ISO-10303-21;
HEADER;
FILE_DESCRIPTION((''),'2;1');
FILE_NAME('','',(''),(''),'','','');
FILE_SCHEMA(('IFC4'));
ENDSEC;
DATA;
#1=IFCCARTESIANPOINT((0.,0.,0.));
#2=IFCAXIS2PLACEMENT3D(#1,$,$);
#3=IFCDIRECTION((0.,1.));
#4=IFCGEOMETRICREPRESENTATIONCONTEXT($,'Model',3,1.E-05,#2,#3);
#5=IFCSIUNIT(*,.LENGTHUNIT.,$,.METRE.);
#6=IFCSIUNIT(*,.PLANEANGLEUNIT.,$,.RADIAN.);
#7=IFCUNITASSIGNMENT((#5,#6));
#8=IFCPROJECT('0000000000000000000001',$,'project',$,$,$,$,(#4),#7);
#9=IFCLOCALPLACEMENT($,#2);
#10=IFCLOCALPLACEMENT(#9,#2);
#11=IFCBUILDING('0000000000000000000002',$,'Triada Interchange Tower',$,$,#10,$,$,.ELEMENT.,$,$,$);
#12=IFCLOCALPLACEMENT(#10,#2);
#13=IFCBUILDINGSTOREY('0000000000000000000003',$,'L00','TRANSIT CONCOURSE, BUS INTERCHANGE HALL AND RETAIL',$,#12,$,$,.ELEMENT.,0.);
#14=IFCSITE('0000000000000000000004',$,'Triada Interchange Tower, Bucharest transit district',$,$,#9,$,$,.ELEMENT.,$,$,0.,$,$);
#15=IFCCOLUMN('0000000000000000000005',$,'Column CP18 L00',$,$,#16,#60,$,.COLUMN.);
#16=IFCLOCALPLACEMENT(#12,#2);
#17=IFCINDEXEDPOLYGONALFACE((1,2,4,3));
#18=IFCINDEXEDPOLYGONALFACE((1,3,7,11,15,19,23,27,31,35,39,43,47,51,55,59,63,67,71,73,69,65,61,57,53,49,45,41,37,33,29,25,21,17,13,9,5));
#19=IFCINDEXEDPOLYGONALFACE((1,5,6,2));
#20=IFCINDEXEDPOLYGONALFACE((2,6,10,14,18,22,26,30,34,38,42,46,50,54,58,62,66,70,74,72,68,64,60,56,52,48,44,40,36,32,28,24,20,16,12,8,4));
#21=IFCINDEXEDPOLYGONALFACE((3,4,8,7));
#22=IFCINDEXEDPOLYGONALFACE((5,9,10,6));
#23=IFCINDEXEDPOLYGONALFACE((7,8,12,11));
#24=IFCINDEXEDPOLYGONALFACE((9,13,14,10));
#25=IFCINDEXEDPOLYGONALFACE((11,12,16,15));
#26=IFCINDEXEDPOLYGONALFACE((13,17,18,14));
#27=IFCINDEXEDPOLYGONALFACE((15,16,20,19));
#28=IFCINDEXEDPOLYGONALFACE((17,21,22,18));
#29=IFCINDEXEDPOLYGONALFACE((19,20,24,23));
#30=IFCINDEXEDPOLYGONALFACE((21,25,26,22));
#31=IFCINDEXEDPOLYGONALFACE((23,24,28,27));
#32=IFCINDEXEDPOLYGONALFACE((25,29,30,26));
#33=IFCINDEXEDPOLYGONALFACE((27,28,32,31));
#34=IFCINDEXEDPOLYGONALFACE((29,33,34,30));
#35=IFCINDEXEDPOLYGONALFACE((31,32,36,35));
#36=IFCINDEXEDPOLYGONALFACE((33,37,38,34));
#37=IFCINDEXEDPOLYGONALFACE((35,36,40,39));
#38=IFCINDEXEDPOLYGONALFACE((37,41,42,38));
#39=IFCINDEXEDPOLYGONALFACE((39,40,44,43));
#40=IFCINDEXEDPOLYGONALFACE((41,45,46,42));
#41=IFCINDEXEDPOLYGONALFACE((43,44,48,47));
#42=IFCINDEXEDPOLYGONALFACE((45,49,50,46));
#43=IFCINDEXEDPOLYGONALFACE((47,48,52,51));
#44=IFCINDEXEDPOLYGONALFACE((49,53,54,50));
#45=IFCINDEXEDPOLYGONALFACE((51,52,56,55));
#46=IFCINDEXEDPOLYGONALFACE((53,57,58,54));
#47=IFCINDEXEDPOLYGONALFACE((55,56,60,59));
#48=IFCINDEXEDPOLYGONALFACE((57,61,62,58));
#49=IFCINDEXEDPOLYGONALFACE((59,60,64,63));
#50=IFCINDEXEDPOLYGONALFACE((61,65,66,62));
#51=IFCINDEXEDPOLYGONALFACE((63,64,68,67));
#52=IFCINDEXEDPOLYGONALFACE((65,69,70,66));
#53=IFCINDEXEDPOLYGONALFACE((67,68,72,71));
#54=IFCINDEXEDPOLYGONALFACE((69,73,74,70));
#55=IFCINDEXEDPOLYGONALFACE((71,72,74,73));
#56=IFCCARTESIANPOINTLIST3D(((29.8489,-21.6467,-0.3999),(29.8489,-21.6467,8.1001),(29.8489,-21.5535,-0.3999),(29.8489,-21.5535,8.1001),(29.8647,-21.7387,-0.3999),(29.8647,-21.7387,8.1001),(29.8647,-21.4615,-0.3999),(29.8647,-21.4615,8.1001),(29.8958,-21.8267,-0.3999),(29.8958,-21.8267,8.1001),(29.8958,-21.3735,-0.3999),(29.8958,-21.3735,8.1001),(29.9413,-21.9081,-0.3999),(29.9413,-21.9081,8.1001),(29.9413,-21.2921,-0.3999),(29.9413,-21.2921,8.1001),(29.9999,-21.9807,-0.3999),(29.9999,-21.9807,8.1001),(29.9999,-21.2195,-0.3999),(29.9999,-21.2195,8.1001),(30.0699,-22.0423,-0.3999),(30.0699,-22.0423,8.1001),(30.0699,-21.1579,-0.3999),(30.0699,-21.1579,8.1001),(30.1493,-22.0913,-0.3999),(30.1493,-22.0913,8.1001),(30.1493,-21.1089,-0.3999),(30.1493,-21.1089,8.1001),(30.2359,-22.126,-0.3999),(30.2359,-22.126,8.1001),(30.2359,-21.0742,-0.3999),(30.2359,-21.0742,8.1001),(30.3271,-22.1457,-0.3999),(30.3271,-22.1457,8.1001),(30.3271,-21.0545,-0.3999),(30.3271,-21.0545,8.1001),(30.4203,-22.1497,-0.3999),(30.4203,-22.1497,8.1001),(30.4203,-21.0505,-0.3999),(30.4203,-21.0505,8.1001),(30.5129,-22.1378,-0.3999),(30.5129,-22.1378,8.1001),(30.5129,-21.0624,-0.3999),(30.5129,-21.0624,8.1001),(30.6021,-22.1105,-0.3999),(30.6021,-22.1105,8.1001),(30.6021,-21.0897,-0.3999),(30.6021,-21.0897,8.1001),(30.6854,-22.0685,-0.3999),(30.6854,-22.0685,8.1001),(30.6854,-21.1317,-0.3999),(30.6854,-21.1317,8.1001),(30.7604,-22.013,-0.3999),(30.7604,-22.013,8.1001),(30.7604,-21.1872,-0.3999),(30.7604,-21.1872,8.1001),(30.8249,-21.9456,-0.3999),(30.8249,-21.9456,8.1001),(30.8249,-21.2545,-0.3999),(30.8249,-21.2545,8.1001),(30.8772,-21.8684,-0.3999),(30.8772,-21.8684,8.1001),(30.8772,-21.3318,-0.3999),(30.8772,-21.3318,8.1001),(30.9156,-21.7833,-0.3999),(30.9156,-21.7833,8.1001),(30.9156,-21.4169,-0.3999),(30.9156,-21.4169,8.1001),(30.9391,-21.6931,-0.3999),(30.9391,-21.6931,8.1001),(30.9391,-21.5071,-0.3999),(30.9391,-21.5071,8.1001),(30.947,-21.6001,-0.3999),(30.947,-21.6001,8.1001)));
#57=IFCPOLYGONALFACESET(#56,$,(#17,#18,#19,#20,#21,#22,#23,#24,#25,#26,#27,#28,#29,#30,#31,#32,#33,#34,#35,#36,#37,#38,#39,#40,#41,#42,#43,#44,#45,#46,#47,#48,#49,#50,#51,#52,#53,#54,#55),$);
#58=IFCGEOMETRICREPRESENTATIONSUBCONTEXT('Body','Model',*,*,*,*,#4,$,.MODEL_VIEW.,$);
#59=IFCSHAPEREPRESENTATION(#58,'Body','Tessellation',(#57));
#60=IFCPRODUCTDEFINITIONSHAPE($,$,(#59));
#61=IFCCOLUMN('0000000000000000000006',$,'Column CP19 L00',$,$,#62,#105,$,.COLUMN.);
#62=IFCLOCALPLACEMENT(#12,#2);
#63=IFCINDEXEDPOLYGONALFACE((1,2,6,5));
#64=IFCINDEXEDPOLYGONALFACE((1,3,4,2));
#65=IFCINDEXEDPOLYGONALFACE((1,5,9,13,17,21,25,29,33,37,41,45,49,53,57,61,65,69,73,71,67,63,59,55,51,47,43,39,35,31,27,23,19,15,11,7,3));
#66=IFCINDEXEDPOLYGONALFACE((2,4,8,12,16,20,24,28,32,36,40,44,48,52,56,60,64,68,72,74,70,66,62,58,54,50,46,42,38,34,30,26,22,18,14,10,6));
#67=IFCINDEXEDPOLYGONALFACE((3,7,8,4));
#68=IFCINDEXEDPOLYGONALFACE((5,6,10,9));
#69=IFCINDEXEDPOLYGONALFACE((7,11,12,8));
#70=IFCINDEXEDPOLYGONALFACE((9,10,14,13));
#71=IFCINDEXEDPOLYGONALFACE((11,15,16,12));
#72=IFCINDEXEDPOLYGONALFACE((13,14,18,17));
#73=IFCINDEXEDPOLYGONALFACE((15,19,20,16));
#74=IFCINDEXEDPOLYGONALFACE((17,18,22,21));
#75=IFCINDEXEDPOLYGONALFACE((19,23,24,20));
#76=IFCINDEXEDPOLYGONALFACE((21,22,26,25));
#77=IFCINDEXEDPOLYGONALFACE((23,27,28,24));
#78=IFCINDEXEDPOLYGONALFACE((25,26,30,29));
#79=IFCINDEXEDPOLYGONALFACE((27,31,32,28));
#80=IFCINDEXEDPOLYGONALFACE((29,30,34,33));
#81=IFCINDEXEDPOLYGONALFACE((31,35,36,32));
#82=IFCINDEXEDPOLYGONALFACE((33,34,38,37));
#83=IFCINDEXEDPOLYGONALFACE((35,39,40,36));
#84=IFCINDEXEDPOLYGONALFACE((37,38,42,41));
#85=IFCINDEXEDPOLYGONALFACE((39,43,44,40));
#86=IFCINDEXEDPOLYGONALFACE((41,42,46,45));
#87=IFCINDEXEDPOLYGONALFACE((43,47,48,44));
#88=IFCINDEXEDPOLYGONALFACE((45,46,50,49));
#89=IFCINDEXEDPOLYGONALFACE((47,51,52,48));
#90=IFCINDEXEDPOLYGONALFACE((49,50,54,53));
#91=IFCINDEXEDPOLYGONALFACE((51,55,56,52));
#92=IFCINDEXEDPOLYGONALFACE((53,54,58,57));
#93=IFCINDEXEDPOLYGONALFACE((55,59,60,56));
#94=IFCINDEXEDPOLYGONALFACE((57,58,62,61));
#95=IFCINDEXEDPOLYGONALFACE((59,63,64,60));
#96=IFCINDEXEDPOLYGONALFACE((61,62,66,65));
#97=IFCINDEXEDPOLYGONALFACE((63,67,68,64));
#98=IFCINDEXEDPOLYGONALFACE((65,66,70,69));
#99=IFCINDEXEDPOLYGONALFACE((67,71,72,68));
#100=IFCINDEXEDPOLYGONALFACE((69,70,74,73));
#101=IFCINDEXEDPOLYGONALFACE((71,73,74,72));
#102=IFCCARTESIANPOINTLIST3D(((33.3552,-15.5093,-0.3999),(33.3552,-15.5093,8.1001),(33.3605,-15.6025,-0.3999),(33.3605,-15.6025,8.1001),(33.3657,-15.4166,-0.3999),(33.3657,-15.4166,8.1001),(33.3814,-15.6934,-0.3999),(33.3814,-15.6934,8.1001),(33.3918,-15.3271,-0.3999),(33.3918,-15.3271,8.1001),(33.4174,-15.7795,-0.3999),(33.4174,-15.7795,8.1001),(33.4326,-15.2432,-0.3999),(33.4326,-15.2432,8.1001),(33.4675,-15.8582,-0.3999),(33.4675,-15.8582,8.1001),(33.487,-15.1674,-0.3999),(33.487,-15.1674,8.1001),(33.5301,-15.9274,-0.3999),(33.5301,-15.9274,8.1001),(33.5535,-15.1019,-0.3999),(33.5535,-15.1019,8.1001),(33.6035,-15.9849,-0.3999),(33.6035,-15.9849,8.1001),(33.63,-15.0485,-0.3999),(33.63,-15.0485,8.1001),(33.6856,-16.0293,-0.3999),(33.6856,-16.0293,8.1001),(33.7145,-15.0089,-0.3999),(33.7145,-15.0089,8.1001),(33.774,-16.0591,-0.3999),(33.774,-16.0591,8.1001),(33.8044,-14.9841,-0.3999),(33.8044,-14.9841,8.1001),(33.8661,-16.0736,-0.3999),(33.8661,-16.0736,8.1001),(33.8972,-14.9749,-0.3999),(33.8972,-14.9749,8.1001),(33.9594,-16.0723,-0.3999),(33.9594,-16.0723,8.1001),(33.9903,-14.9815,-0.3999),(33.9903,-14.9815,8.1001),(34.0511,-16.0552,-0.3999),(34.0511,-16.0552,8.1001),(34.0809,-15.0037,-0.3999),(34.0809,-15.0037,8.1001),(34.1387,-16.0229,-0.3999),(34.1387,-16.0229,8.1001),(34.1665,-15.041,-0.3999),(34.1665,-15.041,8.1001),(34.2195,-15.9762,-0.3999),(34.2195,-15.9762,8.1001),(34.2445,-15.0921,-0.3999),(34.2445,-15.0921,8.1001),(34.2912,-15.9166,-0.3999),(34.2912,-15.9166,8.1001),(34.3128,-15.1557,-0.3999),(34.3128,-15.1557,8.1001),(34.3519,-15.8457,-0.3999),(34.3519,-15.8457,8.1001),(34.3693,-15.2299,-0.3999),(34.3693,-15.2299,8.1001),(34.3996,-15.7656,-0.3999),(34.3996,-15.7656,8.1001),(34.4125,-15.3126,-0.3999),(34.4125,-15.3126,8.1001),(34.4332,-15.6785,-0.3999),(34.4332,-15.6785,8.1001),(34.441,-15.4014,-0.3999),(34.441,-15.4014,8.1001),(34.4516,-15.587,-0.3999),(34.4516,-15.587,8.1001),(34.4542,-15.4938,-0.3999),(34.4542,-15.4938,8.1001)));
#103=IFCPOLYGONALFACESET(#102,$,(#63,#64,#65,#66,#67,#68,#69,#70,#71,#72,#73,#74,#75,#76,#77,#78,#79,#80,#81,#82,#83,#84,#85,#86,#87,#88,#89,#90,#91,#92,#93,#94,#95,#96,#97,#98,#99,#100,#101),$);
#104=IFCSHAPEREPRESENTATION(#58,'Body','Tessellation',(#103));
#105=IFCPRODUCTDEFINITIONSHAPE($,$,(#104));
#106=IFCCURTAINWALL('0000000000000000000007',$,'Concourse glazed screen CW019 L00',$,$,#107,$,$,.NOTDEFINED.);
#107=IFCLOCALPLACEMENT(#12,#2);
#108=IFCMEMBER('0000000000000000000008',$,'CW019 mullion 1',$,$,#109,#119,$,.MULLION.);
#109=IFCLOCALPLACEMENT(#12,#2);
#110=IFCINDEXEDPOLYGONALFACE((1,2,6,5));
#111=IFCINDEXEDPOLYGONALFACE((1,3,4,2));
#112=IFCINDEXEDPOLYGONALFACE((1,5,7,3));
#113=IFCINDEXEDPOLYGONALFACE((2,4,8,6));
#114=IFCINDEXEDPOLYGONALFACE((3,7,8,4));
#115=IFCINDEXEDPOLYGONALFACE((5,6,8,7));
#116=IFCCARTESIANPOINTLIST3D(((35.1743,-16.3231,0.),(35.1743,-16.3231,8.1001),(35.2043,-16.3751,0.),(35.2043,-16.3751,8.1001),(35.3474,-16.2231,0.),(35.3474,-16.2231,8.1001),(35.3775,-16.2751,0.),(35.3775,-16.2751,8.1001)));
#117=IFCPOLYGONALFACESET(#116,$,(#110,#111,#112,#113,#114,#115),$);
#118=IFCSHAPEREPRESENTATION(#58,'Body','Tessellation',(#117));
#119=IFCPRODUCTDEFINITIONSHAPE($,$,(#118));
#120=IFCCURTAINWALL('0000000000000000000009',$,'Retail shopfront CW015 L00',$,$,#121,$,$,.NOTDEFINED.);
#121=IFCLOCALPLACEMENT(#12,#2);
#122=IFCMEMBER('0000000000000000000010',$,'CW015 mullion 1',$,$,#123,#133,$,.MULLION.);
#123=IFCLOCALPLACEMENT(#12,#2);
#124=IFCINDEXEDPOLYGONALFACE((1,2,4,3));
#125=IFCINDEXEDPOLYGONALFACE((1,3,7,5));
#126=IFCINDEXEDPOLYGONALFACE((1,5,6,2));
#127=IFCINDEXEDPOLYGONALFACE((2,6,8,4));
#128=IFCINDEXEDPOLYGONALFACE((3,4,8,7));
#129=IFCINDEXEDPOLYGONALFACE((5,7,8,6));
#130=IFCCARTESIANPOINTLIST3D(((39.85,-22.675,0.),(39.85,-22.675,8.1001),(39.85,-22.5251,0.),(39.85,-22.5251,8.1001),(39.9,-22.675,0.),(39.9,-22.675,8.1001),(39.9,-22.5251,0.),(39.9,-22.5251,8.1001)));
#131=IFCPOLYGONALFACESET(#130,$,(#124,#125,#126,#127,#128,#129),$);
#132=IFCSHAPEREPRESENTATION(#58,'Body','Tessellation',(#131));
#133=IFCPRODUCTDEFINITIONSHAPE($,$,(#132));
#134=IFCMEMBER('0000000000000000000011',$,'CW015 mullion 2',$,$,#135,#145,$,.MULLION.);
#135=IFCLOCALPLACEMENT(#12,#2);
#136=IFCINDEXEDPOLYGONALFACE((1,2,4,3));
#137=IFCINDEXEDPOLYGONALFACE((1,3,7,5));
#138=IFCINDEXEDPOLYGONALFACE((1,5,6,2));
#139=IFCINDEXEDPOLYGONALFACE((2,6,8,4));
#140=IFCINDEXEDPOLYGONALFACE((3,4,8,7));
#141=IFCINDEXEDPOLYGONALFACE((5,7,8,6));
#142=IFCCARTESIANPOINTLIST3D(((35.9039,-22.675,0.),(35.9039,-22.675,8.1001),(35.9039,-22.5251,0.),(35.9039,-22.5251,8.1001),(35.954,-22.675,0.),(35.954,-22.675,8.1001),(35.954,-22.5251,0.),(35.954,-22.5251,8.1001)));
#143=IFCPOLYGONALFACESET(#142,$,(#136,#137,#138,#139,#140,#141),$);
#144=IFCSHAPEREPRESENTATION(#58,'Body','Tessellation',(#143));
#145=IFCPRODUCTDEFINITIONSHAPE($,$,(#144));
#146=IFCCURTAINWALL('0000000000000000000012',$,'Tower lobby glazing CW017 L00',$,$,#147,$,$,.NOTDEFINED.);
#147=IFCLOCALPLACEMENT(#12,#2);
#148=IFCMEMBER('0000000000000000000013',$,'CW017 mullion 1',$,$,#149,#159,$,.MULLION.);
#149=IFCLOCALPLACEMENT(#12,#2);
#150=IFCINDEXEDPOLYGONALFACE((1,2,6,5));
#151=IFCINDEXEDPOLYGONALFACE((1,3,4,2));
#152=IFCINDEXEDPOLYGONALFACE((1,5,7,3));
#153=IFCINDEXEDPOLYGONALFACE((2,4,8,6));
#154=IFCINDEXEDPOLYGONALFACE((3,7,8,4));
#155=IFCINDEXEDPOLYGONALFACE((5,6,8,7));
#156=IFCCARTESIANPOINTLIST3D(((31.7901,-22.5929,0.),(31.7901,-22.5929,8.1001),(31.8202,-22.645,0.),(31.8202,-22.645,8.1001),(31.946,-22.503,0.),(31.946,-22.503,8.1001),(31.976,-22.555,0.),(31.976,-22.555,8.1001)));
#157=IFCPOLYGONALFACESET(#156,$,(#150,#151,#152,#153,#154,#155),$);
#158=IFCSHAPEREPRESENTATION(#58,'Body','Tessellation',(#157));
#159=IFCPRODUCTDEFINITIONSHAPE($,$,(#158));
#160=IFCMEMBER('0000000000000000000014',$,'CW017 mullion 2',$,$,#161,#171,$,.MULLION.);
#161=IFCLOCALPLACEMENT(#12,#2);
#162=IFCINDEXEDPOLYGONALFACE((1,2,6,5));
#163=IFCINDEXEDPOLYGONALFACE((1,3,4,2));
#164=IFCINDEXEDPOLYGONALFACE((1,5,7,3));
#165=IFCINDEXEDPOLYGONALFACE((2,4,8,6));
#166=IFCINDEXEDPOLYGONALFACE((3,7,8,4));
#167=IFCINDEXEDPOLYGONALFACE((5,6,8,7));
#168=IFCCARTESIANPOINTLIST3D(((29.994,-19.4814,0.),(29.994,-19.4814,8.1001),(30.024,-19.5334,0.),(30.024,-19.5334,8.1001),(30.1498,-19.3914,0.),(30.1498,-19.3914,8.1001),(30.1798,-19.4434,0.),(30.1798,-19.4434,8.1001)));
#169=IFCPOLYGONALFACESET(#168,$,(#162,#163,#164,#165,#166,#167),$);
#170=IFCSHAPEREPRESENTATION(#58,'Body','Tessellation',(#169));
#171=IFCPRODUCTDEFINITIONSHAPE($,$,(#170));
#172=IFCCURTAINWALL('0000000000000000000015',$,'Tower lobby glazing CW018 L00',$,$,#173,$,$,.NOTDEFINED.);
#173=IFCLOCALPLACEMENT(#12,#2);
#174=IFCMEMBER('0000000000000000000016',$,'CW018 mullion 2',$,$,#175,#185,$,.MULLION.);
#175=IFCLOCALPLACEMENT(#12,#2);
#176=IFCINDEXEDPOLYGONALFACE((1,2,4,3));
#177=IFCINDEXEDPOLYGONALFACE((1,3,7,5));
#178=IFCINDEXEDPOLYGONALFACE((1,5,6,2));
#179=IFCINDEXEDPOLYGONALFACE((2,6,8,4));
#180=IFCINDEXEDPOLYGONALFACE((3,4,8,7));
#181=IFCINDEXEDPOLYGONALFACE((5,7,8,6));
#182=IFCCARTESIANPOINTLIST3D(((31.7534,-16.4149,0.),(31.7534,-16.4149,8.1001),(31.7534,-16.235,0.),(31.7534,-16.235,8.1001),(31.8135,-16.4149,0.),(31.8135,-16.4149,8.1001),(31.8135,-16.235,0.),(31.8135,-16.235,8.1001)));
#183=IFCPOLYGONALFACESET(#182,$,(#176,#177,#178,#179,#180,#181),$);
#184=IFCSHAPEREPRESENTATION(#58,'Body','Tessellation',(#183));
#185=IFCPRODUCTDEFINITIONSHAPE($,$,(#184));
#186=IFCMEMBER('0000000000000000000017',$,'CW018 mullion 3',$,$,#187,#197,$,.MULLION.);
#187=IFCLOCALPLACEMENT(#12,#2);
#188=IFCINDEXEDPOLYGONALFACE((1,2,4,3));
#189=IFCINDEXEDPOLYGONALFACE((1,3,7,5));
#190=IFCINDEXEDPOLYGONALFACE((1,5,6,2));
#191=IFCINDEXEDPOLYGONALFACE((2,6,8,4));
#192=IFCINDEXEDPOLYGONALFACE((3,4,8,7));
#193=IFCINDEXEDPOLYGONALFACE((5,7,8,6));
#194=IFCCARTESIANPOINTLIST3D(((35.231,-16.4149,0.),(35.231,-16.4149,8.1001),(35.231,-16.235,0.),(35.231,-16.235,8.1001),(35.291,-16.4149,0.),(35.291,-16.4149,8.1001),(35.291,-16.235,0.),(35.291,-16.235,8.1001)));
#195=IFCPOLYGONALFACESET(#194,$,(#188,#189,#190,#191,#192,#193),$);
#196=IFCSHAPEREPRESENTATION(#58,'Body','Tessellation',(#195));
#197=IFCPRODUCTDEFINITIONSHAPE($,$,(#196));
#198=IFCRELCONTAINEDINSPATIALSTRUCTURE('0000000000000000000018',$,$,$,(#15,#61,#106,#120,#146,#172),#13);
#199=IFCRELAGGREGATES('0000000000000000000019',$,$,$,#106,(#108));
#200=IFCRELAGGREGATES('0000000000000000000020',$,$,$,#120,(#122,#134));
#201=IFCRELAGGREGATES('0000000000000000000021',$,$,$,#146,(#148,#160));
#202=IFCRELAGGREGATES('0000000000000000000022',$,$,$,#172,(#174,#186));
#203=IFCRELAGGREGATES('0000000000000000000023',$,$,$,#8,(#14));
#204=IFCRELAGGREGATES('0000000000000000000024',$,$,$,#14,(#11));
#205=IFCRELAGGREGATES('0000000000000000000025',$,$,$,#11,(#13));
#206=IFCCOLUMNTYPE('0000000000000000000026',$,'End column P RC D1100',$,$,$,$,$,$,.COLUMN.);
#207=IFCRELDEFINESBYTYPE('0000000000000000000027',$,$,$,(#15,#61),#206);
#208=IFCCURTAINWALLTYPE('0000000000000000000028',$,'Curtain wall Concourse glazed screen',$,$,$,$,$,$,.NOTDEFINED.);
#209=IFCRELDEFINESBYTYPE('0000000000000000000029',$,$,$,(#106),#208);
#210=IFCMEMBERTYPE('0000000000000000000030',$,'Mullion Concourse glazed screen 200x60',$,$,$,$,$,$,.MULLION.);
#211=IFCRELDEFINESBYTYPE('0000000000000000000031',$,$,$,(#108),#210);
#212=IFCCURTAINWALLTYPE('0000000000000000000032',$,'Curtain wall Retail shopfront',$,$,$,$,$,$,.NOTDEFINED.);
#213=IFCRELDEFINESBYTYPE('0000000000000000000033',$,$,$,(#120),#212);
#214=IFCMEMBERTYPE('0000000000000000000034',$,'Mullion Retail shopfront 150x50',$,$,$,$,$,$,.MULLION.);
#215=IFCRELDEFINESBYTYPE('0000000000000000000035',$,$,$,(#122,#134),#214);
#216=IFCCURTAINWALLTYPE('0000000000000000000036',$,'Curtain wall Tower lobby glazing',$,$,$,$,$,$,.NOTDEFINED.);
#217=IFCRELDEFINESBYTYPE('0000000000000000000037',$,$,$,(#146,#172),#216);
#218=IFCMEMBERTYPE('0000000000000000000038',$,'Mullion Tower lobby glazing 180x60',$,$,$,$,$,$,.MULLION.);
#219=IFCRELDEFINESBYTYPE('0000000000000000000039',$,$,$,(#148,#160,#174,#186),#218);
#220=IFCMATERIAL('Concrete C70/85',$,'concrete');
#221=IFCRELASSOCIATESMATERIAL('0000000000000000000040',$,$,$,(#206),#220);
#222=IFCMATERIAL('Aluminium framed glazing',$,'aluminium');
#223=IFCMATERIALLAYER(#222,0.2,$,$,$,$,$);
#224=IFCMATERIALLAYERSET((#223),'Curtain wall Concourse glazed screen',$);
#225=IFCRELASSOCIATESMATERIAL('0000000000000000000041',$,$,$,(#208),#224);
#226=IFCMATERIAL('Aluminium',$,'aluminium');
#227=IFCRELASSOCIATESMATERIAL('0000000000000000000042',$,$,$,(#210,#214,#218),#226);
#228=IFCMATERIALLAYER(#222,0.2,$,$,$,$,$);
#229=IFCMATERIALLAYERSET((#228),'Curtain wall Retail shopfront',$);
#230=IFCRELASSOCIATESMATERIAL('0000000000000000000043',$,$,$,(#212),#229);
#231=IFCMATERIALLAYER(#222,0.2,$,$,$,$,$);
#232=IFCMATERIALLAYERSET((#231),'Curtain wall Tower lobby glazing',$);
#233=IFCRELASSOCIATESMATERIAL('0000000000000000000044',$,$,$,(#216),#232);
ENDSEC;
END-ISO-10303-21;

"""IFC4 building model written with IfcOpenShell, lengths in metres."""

from ifc_helpers import new_model, si_unit, direction, frame, origin, origin_2d, place, context, subcontext, project, spatial, rectangle, circle, extrude, material, layer, layer_set, material_profile, profile_set, type_object, element, aggregate, save


model = new_model("IFC4")

# Units and contexts
model_context = context("Model", 3, precision=1e-05, world=origin(), true_north=direction((0.0, 1.0)))
body_context = subcontext(model_context, "Body", "Model", "MODEL_VIEW")
ifc_project = project(units=[si_unit("LENGTHUNIT", "METRE"), si_unit("PLANEANGLEUNIT", "RADIAN")], contexts=[model_context])

# Site, building, storey
site_placement = place(None, origin())
site = spatial("IfcSite", under=ifc_project, at=site_placement, Name="Triada Interchange Tower, Bucharest transit district", CompositionType="ELEMENT", RefElevation=0.0)
building_placement = place(site_placement, origin())
building = spatial("IfcBuilding", under=site, at=building_placement, Name="Triada Interchange Tower", CompositionType="ELEMENT")
storey_placement = place(building_placement, origin())
storey = spatial("IfcBuildingStorey", under=building, at=storey_placement, Name="L00", Description="TRANSIT CONCOURSE, BUS INTERCHANGE HALL AND RETAIL", CompositionType="ELEMENT", Elevation=0.0)

# Columns
ifc_material_1 = material(Name="Concrete C70/85", Category="concrete")
ifc_material_profile_1 = material_profile(ifc_material_1, circle(Radius=0.55, at=origin_2d()), Name="RC D1100")
ifc_profile_set_1 = profile_set([ifc_material_profile_1], Name="Concrete C70/85")
column_type = type_object("IfcColumnType", Name="End column P RC D1100", PredefinedType="COLUMN", material=ifc_profile_set_1)
for number, where, z_axis, x_axis, name in (
    (1, (30.397, -21.6001, -0.3999), (0.0, 0.0, 1.0), (1.0, 0.0, 0.0), "Column CP18 L00"),
    (2, (33.905, -15.5249, -0.3999), (0.0, 0.0, 1.0), (-0.5, 0.866025, 0.0), "Column CP19 L00"),
):
    element("IfcColumn", number, at=place(storey_placement, frame(where, z_axis=z_axis, x_axis=x_axis)), inside=storey, type_object=column_type, Name=name, PredefinedType="COLUMN", context=body_context, shape_type="SweptSolid", body=[
        extrude(circle(Radius=0.55, at=origin_2d()), origin(), (0.0, 0.0, 1.0), 8.5),
    ])

# Curtain wall, member
ifc_material_2 = material(Name="Aluminium framed glazing", Category="aluminium")
ifc_layer_1 = layer(ifc_material_2, 0.2)
ifc_layer_set_1 = layer_set([ifc_layer_1], Name="Curtain wall Concourse glazed screen")
curtain_wall_type_1 = type_object("IfcCurtainWallType", Name="Curtain wall Concourse glazed screen", PredefinedType="NOTDEFINED", material=ifc_layer_set_1)
curtain_wall_1_placement = place(storey_placement, origin())
curtain_wall_1 = element("IfcCurtainWall", 3, at=curtain_wall_1_placement, inside=storey, type_object=curtain_wall_type_1, Name="Concourse glazed screen CW019 L00", PredefinedType="NOTDEFINED")
ifc_material_3 = material(Name="Aluminium", Category="aluminium")
ifc_material_profile_2 = material_profile(ifc_material_3, rectangle(XDim=0.2, YDim=0.0601, at=origin_2d()), Name="Aluminium mullion")
ifc_profile_set_2 = profile_set([ifc_material_profile_2], Name="Aluminium")
member_type_1 = type_object("IfcMemberType", Name="Mullion Concourse glazed screen 200x60", PredefinedType="MULLION", material=ifc_profile_set_2)
member_1_placement = place(storey_placement, frame((35.2759, -16.2991, 0.0), z_axis=(0.0, 0.0, 1.0), x_axis=(-0.86604, -0.499975, 0.0)))
member_1 = element("IfcMember", 4, at=member_1_placement, type_object=member_type_1, Name="CW019 mullion 1", PredefinedType="MULLION", context=body_context, shape_type="SweptSolid", body=[
    extrude(rectangle(XDim=0.2, YDim=0.0601, at=origin_2d()), origin(), (0.0, 0.0, 1.0), 8.1001),
])

# Curtain walls, members
ifc_layer_2 = layer(ifc_material_2, 0.2)
ifc_layer_set_2 = layer_set([ifc_layer_2], Name="Curtain wall Retail shopfront")
curtain_wall_type_2 = type_object("IfcCurtainWallType", Name="Curtain wall Retail shopfront", PredefinedType="NOTDEFINED", material=ifc_layer_set_2)
curtain_wall_2_placement = place(storey_placement, origin())
curtain_wall_2 = element("IfcCurtainWall", 5, at=curtain_wall_2_placement, inside=storey, type_object=curtain_wall_type_2, Name="Retail shopfront CW015 L00", PredefinedType="NOTDEFINED")
ifc_material_profile_3 = material_profile(ifc_material_3, rectangle(XDim=0.1499, YDim=0.05, at=origin_2d()), Name="Aluminium mullion")
ifc_profile_set_3 = profile_set([ifc_material_profile_3], Name="Aluminium")
member_type_2 = type_object("IfcMemberType", Name="Mullion Retail shopfront 150x50", PredefinedType="MULLION", material=ifc_profile_set_3)
member_2_placement = place(storey_placement, frame((39.875, -22.6001, 0.0), z_axis=(0.0, 0.0, 1.0), x_axis=(0.0, -1.0, 0.0)))
member_2 = element("IfcMember", 6, at=member_2_placement, type_object=member_type_2, Name="CW015 mullion 1", PredefinedType="MULLION", context=body_context, shape_type="SweptSolid", body=[
    extrude(rectangle(XDim=0.1499, YDim=0.05, at=origin_2d()), origin(), (0.0, 0.0, 1.0), 8.1001),
])
member_3_placement = place(storey_placement, frame((35.929, -22.6001, 0.0), z_axis=(0.0, 0.0, 1.0), x_axis=(0.0, -1.0, 0.0)))
member_3 = element("IfcMember", 7, at=member_3_placement, type_object=member_type_2, Name="CW015 mullion 2", PredefinedType="MULLION", context=body_context, shape_type="SweptSolid", body=[
    extrude(rectangle(XDim=0.1499, YDim=0.05, at=origin_2d()), origin(), (0.0, 0.0, 1.0), 8.1001),
])
ifc_layer_3 = layer(ifc_material_2, 0.2)
ifc_layer_set_3 = layer_set([ifc_layer_3], Name="Curtain wall Tower lobby glazing")
curtain_wall_type_3 = type_object("IfcCurtainWallType", Name="Curtain wall Tower lobby glazing", PredefinedType="NOTDEFINED", material=ifc_layer_set_3)
curtain_wall_3_placement = place(storey_placement, origin())
curtain_wall_3 = element("IfcCurtainWall", 8, at=curtain_wall_3_placement, inside=storey, type_object=curtain_wall_type_3, Name="Tower lobby glazing CW017 L00", PredefinedType="NOTDEFINED")
ifc_material_profile_4 = material_profile(ifc_material_3, rectangle(XDim=0.1799, YDim=0.0601, at=origin_2d()), Name="Aluminium mullion")
ifc_profile_set_4 = profile_set([ifc_material_profile_4], Name="Aluminium")
member_type_3 = type_object("IfcMemberType", Name="Mullion Tower lobby glazing 180x60", PredefinedType="MULLION", material=ifc_profile_set_4)
member_4_placement = place(storey_placement, frame((31.8831, -22.574, 0.0), z_axis=(0.0, 0.0, 1.0), x_axis=(-0.866078, -0.49991, 0.0)))
member_4 = element("IfcMember", 9, at=member_4_placement, type_object=member_type_3, Name="CW017 mullion 1", PredefinedType="MULLION", context=body_context, shape_type="SweptSolid", body=[
    extrude(rectangle(XDim=0.1799, YDim=0.0601, at=origin_2d()), origin(), (0.0, 0.0, 1.0), 8.1001),
])
member_5_placement = place(storey_placement, frame((30.0869, -19.4624, 0.0), z_axis=(0.0, 0.0, 1.0), x_axis=(-0.866078, -0.49991, 0.0)))
member_5 = element("IfcMember", 10, at=member_5_placement, type_object=member_type_3, Name="CW017 mullion 2", PredefinedType="MULLION", context=body_context, shape_type="SweptSolid", body=[
    extrude(rectangle(XDim=0.1799, YDim=0.0601, at=origin_2d()), origin(), (0.0, 0.0, 1.0), 8.1001),
])
curtain_wall_4_placement = place(storey_placement, origin())
curtain_wall_4 = element("IfcCurtainWall", 11, at=curtain_wall_4_placement, inside=storey, type_object=curtain_wall_type_3, Name="Tower lobby glazing CW018 L00", PredefinedType="NOTDEFINED")
member_6_placement = place(storey_placement, frame((31.7834, -16.325, 0.0), z_axis=(0.0, 0.0, 1.0), x_axis=(0.0, 1.0, 0.0)))
member_6 = element("IfcMember", 12, at=member_6_placement, type_object=member_type_3, Name="CW018 mullion 2", PredefinedType="MULLION", context=body_context, shape_type="SweptSolid", body=[
    extrude(rectangle(XDim=0.1799, YDim=0.0601, at=origin_2d()), origin(), (0.0, 0.0, 1.0), 8.1001),
])
member_7_placement = place(storey_placement, frame((35.261, -16.325, 0.0), z_axis=(0.0, 0.0, 1.0), x_axis=(0.0, 1.0, 0.0)))
member_7 = element("IfcMember", 13, at=member_7_placement, type_object=member_type_3, Name="CW018 mullion 3", PredefinedType="MULLION", context=body_context, shape_type="SweptSolid", body=[
    extrude(rectangle(XDim=0.1799, YDim=0.0601, at=origin_2d()), origin(), (0.0, 0.0, 1.0), 8.1001),
])

aggregate(curtain_wall_1, [member_1])

aggregate(curtain_wall_2, [member_2, member_3])
aggregate(curtain_wall_3, [member_4, member_5])
aggregate(curtain_wall_4, [member_6, member_7])

save(model, "model.ifc")
